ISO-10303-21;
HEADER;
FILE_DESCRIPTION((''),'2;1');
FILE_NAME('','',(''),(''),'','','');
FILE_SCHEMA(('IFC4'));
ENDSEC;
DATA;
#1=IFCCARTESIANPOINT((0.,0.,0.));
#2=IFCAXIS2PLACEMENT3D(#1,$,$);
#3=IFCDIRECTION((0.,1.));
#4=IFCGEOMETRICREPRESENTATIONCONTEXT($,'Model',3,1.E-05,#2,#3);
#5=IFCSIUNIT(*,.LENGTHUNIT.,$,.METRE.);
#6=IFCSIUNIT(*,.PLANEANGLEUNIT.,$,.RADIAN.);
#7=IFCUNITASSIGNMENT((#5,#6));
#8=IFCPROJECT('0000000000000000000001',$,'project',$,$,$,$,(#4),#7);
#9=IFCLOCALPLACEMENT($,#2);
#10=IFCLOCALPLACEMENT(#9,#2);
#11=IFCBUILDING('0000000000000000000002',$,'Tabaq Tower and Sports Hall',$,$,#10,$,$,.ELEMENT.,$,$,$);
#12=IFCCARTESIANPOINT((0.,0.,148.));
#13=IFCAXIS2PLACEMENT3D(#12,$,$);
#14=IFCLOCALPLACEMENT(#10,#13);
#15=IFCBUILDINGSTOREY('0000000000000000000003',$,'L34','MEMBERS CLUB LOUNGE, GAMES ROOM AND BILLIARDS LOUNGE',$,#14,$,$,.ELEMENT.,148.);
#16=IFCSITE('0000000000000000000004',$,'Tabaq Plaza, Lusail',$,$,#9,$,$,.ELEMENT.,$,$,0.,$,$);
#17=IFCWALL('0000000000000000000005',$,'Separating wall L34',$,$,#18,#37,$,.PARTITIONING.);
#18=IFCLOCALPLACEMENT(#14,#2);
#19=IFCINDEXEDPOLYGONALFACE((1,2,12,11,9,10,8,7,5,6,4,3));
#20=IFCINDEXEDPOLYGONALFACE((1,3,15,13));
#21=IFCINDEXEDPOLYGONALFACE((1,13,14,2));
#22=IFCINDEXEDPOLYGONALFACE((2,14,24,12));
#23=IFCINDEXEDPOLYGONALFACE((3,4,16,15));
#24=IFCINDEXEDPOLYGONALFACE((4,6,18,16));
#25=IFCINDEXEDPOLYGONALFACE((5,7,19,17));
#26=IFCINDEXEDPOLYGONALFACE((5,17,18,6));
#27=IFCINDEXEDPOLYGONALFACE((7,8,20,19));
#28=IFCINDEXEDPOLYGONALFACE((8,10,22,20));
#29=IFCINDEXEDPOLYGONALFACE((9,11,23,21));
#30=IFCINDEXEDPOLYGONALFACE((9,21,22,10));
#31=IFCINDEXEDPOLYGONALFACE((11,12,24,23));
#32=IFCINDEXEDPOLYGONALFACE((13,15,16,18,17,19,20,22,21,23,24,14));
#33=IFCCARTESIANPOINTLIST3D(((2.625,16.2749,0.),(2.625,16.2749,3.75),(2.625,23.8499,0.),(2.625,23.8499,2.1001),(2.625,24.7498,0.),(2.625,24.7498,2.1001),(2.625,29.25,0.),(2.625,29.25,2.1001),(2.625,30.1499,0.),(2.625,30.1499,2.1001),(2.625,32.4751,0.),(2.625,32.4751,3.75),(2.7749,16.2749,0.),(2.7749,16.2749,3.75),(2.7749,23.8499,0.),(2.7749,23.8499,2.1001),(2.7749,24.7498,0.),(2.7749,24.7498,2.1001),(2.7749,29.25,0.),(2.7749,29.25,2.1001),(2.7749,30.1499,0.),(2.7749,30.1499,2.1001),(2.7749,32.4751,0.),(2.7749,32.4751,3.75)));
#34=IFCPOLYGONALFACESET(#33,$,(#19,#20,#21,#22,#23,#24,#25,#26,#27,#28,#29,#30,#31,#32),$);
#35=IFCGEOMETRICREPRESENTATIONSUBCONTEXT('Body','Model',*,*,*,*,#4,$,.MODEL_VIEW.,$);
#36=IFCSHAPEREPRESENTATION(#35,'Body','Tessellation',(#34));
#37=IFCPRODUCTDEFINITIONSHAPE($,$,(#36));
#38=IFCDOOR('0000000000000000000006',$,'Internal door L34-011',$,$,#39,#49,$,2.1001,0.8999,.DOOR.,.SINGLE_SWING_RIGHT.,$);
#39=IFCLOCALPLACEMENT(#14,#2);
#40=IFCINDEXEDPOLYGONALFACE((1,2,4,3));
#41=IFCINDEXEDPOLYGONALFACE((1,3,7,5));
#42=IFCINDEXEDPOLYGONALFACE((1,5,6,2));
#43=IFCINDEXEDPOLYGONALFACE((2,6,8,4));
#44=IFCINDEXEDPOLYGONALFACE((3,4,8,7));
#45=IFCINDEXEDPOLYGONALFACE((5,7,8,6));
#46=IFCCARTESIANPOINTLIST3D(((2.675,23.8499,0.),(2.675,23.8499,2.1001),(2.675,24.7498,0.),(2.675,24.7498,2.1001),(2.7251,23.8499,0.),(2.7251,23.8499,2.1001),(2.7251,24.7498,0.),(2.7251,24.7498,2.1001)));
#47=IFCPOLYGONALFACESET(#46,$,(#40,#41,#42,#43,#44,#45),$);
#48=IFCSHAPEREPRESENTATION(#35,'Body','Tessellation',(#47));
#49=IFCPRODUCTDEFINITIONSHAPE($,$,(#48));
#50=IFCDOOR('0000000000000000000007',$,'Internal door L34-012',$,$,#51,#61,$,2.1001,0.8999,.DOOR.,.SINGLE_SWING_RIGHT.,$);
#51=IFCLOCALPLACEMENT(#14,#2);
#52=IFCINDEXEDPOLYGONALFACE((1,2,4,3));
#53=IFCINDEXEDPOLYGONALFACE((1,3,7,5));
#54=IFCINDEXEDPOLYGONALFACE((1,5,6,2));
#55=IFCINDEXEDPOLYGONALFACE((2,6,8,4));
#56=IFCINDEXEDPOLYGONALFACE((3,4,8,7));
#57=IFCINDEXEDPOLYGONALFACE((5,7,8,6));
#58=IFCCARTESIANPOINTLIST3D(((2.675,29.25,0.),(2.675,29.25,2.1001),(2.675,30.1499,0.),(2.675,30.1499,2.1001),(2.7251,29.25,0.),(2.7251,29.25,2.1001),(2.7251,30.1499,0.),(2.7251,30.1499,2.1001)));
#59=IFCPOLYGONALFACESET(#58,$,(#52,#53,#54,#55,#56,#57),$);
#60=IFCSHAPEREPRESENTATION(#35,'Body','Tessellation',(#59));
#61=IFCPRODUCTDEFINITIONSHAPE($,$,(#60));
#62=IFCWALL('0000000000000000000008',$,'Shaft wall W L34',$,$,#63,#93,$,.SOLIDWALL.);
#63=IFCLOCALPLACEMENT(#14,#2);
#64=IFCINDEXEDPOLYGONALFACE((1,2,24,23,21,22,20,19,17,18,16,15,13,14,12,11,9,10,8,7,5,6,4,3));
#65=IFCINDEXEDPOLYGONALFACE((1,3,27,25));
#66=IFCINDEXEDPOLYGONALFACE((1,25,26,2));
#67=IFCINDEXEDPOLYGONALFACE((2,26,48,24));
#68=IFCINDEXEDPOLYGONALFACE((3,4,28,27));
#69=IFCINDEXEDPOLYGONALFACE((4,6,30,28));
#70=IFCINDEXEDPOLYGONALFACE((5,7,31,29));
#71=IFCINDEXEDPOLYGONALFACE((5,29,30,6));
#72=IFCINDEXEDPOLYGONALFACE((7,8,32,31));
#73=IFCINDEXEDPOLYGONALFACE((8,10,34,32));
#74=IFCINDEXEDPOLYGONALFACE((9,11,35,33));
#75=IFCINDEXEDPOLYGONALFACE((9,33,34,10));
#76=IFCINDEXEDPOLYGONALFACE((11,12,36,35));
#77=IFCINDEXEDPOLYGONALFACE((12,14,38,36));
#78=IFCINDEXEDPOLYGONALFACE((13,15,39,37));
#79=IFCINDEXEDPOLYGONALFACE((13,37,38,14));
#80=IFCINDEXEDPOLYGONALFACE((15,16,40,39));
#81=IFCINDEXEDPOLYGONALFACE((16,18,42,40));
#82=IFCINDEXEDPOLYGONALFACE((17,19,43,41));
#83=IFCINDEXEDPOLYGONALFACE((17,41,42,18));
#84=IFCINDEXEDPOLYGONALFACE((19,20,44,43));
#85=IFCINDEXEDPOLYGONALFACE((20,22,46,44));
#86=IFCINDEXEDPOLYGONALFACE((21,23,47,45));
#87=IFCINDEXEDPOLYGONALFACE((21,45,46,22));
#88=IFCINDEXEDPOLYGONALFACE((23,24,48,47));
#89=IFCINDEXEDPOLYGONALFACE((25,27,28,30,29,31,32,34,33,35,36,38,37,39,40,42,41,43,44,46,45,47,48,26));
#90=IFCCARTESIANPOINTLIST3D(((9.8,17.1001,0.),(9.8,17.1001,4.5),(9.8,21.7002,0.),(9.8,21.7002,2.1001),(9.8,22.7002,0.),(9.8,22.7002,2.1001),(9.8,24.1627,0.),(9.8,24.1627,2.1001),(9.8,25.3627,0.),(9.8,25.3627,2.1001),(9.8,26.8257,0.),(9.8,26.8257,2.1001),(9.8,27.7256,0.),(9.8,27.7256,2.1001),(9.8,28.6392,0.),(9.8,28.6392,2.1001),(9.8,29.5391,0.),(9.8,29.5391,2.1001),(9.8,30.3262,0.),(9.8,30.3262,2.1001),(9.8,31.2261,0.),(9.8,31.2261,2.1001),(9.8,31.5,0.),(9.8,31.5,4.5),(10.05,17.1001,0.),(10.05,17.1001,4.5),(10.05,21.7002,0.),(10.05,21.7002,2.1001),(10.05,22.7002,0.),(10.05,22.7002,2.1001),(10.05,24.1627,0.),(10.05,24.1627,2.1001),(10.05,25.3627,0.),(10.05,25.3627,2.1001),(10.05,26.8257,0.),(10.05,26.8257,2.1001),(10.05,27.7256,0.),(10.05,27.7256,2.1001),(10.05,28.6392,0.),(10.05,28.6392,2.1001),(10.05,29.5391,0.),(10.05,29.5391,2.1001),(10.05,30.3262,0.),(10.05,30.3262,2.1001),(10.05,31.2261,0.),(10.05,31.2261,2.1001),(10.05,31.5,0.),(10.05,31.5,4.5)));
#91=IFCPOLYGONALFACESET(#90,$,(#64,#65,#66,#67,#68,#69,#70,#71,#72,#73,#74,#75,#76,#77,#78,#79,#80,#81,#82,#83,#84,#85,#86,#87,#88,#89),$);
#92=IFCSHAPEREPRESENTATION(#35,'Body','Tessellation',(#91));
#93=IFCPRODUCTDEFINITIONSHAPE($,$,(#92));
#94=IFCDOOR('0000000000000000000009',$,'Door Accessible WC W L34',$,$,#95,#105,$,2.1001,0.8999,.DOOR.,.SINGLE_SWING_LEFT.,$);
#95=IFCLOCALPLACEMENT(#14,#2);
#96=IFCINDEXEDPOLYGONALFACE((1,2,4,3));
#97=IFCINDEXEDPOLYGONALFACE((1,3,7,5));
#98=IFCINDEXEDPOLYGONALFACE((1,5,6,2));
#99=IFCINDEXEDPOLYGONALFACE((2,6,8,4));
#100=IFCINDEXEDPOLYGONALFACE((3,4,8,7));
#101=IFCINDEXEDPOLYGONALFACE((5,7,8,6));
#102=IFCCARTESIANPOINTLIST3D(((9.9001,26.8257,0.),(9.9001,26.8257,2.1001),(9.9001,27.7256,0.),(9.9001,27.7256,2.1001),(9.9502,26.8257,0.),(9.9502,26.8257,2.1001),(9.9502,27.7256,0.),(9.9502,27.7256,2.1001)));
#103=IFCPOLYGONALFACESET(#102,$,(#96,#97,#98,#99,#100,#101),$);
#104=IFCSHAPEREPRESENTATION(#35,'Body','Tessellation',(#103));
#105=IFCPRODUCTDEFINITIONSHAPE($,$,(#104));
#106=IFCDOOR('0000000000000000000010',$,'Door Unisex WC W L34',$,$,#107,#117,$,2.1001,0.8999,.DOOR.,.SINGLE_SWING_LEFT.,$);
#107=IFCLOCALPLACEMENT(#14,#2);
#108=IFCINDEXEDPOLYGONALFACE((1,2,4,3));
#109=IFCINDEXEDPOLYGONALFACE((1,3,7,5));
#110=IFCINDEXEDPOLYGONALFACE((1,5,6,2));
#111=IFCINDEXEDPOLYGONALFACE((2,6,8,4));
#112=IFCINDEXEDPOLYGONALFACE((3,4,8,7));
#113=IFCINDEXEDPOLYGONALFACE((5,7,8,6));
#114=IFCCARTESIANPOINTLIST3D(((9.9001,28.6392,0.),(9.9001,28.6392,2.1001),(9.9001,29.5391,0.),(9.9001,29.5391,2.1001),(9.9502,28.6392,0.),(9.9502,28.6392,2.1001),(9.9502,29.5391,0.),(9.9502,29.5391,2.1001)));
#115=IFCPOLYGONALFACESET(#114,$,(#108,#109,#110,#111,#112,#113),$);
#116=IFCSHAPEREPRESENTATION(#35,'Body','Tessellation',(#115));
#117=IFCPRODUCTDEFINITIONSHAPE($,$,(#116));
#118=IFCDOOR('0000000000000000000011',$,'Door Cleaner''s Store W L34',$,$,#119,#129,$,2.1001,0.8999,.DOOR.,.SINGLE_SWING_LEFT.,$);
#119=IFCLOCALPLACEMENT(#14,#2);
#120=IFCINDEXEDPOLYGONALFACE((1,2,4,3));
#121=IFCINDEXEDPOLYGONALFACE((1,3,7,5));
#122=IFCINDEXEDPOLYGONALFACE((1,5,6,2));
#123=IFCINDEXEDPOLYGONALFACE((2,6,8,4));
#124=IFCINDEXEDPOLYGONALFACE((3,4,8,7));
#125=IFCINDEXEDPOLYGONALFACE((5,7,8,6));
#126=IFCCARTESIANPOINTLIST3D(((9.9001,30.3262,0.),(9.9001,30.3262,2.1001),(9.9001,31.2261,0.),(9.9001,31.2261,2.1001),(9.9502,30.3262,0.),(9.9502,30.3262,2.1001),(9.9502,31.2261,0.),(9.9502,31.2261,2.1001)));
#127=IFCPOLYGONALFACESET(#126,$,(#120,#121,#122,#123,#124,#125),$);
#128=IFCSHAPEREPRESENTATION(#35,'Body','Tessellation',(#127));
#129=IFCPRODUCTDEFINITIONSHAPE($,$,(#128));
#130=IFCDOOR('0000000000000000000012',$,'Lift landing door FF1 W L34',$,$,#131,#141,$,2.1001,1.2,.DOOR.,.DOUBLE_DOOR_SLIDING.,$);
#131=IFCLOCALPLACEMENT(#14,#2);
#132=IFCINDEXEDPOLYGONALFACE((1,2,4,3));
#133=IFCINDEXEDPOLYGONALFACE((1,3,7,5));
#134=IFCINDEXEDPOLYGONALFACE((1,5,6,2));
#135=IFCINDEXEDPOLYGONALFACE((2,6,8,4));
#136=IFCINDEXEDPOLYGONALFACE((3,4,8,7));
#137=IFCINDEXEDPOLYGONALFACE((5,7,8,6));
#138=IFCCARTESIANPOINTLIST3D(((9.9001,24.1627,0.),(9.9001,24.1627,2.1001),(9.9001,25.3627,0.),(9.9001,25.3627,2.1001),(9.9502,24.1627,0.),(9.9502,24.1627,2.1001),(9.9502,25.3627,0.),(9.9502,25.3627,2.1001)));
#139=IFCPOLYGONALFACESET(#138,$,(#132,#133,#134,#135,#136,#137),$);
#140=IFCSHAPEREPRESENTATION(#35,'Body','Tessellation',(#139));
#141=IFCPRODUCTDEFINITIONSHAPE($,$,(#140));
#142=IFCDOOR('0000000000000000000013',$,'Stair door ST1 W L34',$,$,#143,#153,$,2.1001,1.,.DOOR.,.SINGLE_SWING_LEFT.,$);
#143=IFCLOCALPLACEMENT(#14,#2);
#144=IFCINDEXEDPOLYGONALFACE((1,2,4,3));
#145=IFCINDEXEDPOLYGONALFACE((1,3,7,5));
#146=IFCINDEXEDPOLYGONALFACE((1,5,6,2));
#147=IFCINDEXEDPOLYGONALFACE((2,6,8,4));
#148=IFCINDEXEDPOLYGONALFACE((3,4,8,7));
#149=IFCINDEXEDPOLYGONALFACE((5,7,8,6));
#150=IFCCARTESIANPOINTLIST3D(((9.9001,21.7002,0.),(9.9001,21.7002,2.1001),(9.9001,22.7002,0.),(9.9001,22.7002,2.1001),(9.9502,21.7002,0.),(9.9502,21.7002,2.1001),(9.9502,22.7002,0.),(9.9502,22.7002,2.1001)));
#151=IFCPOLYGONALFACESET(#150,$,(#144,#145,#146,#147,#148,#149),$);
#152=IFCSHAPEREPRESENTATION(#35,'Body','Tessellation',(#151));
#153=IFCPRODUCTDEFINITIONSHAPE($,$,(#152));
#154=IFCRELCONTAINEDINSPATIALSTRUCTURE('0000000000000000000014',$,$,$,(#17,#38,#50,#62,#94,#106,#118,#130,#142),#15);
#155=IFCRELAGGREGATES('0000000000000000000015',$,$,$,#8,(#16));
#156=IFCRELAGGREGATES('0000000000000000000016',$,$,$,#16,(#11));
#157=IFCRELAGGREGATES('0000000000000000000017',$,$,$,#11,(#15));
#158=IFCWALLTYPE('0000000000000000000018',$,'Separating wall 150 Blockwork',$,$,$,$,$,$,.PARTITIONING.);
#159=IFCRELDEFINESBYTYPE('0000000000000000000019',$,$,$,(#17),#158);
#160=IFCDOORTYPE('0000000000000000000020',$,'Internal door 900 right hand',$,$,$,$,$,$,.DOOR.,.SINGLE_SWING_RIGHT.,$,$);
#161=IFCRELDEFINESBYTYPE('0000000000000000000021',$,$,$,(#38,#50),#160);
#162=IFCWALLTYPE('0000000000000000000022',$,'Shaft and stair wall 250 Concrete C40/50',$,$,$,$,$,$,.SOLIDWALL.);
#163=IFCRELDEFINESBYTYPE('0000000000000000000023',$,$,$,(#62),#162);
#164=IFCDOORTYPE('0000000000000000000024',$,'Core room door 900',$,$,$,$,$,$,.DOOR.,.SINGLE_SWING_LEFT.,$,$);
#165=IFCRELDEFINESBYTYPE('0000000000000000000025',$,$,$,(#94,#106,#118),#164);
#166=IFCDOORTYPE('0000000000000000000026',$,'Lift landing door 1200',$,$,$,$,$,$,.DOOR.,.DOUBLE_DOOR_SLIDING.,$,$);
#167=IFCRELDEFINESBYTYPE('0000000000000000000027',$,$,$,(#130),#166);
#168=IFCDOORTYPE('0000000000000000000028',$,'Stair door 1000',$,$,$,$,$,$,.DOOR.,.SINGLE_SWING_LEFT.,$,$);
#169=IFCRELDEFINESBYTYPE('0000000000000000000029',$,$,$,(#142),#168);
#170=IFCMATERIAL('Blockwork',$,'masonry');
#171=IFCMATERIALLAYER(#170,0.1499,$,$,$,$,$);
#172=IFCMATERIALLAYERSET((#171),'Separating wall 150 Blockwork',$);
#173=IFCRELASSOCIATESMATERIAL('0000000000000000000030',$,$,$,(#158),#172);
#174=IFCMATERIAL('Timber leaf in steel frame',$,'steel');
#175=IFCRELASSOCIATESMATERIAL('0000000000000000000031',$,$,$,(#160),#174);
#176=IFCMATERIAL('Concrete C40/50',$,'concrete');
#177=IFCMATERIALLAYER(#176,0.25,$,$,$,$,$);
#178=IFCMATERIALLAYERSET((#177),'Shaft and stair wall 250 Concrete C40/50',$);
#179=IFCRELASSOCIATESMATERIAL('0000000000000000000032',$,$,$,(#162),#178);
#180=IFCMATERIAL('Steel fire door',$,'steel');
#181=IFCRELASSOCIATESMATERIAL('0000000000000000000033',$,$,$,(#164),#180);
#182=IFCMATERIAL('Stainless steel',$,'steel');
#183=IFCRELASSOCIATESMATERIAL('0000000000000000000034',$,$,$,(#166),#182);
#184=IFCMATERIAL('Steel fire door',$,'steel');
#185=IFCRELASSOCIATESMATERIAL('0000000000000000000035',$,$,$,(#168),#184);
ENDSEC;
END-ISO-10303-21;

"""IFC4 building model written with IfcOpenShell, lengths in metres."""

from ifc_helpers import new_model, si_unit, direction, frame, frame_2d, origin, place, context, subcontext, project, spatial, rectangle, extrude, material, layer, layer_set, type_object, element, fill, save


model = new_model("IFC4")

# Units and contexts
model_context = context("Model", 3, precision=1e-05, world=origin(), true_north=direction((0.0, 1.0)))
body_context = subcontext(model_context, "Body", "Model", "MODEL_VIEW")
ifc_project = project(units=[si_unit("LENGTHUNIT", "METRE"), si_unit("PLANEANGLEUNIT", "RADIAN")], contexts=[model_context])

# Site, building, storey
site_placement = place(None, origin())
site = spatial("IfcSite", under=ifc_project, at=site_placement, Name="Tabaq Plaza, Lusail", CompositionType="ELEMENT", RefElevation=0.0)
building_placement = place(site_placement, origin())
building = spatial("IfcBuilding", under=site, at=building_placement, Name="Tabaq Tower and Sports Hall", CompositionType="ELEMENT")
storey_placement = place(building_placement, frame((0.0, 0.0, 148.0)))
storey = spatial("IfcBuildingStorey", under=building, at=storey_placement, Name="L34", Description="MEMBERS CLUB LOUNGE, GAMES ROOM AND BILLIARDS LOUNGE", CompositionType="ELEMENT", Elevation=148.0)

# Shared definitions
ifc_material_1 = material(Name="Blockwork", Category="masonry")
ifc_layer_1 = layer(ifc_material_1, 0.1499)
ifc_layer_set_1 = layer_set([ifc_layer_1], Name="Separating wall 150 Blockwork")
wall_type_1 = type_object("IfcWallType", Name="Separating wall 150 Blockwork", PredefinedType="PARTITIONING", material=ifc_layer_set_1)
ifc_material_2 = material(Name="Timber leaf in steel frame", Category="steel")
door_type_1 = type_object("IfcDoorType", Name="Internal door 900 right hand", OperationType="SINGLE_SWING_RIGHT", PredefinedType="DOOR", material=ifc_material_2)

# Walls, openings, doors
wall_1_placement = place(storey_placement, frame((2.7, 16.2749, 0.0), z_axis=(0.0, 0.0, 1.0), x_axis=(0.0, 1.0, 0.0)))
wall_1 = element("IfcWall", 1, at=wall_1_placement, inside=storey, type_object=wall_type_1, Name="Separating wall L34", PredefinedType="PARTITIONING", context=body_context, shape_type="SweptSolid", body=[
    extrude(rectangle(XDim=16.2002, YDim=0.1499, at=frame_2d((8.1001, 0.0))), origin(), (0.0, 0.0, 1.0), 3.75),
])
opening_1_placement = place(wall_1_placement, frame((7.575, 0.0, 0.0)))
opening_1 = element("IfcOpeningElement", 2, at=opening_1_placement, cuts=wall_1, PredefinedType="OPENING", context=body_context, shape_type="SweptSolid", body=[
    extrude(rectangle(XDim=0.8999, YDim=2.1001, at=frame_2d((0.45, 1.05))), frame((0.0, 0.075, 0.0), z_axis=(0.0, -1.0, 0.0), x_axis=(1.0, 0.0, 0.0)), (0.0, 0.0, 1.0), 0.1499),
])
opening_2_placement = place(wall_1_placement, frame((12.9751, 0.0, 0.0)))
opening_2 = element("IfcOpeningElement", 3, at=opening_2_placement, cuts=wall_1, PredefinedType="OPENING", context=body_context, shape_type="SweptSolid", body=[
    extrude(rectangle(XDim=0.8999, YDim=2.1001, at=frame_2d((0.45, 1.05))), frame((0.0, 0.075, 0.0), z_axis=(0.0, -1.0, 0.0), x_axis=(1.0, 0.0, 0.0)), (0.0, 0.0, 1.0), 0.1499),
])
door_1_placement = place(opening_1_placement, origin())
door_1 = element("IfcDoor", 4, at=door_1_placement, inside=storey, type_object=door_type_1, Name="Internal door L34-011", OperationType="SINGLE_SWING_RIGHT", OverallHeight=2.1001, OverallWidth=0.8999, PredefinedType="DOOR", context=body_context, shape_type="SweptSolid", body=[
    extrude(rectangle(XDim=0.8999, YDim=2.1001, at=frame_2d((0.45, 1.05))), frame((0.0, 0.0249, 0.0), z_axis=(0.0, -1.0, 0.0), x_axis=(1.0, 0.0, 0.0)), (0.0, 0.0, 1.0), 0.05),
])
fill(opening_1, door_1)
door_2_placement = place(opening_2_placement, origin())
door_2 = element("IfcDoor", 5, at=door_2_placement, inside=storey, type_object=door_type_1, Name="Internal door L34-012", OperationType="SINGLE_SWING_RIGHT", OverallHeight=2.1001, OverallWidth=0.8999, PredefinedType="DOOR", context=body_context, shape_type="SweptSolid", body=[
    extrude(rectangle(XDim=0.8999, YDim=2.1001, at=frame_2d((0.45, 1.05))), frame((0.0, 0.0249, 0.0), z_axis=(0.0, -1.0, 0.0), x_axis=(1.0, 0.0, 0.0)), (0.0, 0.0, 1.0), 0.05),
])
fill(opening_2, door_2)
ifc_material_3 = material(Name="Concrete C40/50", Category="concrete")
ifc_layer_2 = layer(ifc_material_3, 0.25)
ifc_layer_set_2 = layer_set([ifc_layer_2], Name="Shaft and stair wall 250 Concrete C40/50")
wall_type_2 = type_object("IfcWallType", Name="Shaft and stair wall 250 Concrete C40/50", PredefinedType="SOLIDWALL", material=ifc_layer_set_2)
wall_2_placement = place(storey_placement, frame((9.925, 17.1001, 0.0), z_axis=(0.0, 0.0, 1.0), x_axis=(0.0, 1.0, 0.0)))
wall_2 = element("IfcWall", 6, at=wall_2_placement, inside=storey, type_object=wall_type_2, Name="Shaft wall W L34", PredefinedType="SOLIDWALL", context=body_context, shape_type="SweptSolid", body=[
    extrude(rectangle(XDim=14.3999, YDim=0.25, at=frame_2d((7.2, 0.0))), origin(), (0.0, 0.0, 1.0), 4.5),
])
opening_3_placement = place(wall_2_placement, frame((4.6001, 0.0, 0.0)))
opening_3 = element("IfcOpeningElement", 7, at=opening_3_placement, cuts=wall_2, PredefinedType="OPENING", context=body_context, shape_type="SweptSolid", body=[
    extrude(rectangle(XDim=1.0, YDim=2.1001, at=frame_2d((0.5, 1.05))), frame((0.0, 0.125, 0.0), z_axis=(0.0, -1.0, 0.0), x_axis=(1.0, 0.0, 0.0)), (0.0, 0.0, 1.0), 0.25),
])
opening_4_placement = place(wall_2_placement, frame((7.0625, 0.0, 0.0)))
opening_4 = element("IfcOpeningElement", 8, at=opening_4_placement, cuts=wall_2, PredefinedType="OPENING", context=body_context, shape_type="SweptSolid", body=[
    extrude(rectangle(XDim=1.2, YDim=2.1001, at=frame_2d((0.6001, 1.05))), frame((0.0, 0.125, 0.0), z_axis=(0.0, -1.0, 0.0), x_axis=(1.0, 0.0, 0.0)), (0.0, 0.0, 1.0), 0.25),
])
opening_5_placement = place(wall_2_placement, frame((9.7256, 0.0, 0.0)))
opening_5 = element("IfcOpeningElement", 9, at=opening_5_placement, cuts=wall_2, PredefinedType="OPENING", context=body_context, shape_type="SweptSolid", body=[
    extrude(rectangle(XDim=0.8999, YDim=2.1001, at=frame_2d((0.45, 1.05))), frame((0.0, 0.125, 0.0), z_axis=(0.0, -1.0, 0.0), x_axis=(1.0, 0.0, 0.0)), (0.0, 0.0, 1.0), 0.25),
])
opening_6_placement = place(wall_2_placement, frame((11.5391, 0.0, 0.0)))
opening_6 = element("IfcOpeningElement", 10, at=opening_6_placement, cuts=wall_2, PredefinedType="OPENING", context=body_context, shape_type="SweptSolid", body=[
    extrude(rectangle(XDim=0.8999, YDim=2.1001, at=frame_2d((0.45, 1.05))), frame((0.0, 0.125, 0.0), z_axis=(0.0, -1.0, 0.0), x_axis=(1.0, 0.0, 0.0)), (0.0, 0.0, 1.0), 0.25),
])
opening_7_placement = place(wall_2_placement, frame((13.2261, 0.0, 0.0)))
opening_7 = element("IfcOpeningElement", 11, at=opening_7_placement, cuts=wall_2, PredefinedType="OPENING", context=body_context, shape_type="SweptSolid", body=[
    extrude(rectangle(XDim=0.8999, YDim=2.1001, at=frame_2d((0.45, 1.05))), frame((0.0, 0.125, 0.0), z_axis=(0.0, -1.0, 0.0), x_axis=(1.0, 0.0, 0.0)), (0.0, 0.0, 1.0), 0.25),
])
ifc_material_4 = material(Name="Steel fire door", Category="steel")
door_type_2 = type_object("IfcDoorType", Name="Core room door 900", OperationType="SINGLE_SWING_LEFT", PredefinedType="DOOR", material=ifc_material_4)
door_3_placement = place(opening_5_placement, origin())
door_3 = element("IfcDoor", 12, at=door_3_placement, inside=storey, type_object=door_type_2, Name="Door Accessible WC W L34", OperationType="SINGLE_SWING_LEFT", OverallHeight=2.1001, OverallWidth=0.8999, PredefinedType="DOOR", context=body_context, shape_type="SweptSolid", body=[
    extrude(rectangle(XDim=0.8999, YDim=2.1001, at=frame_2d((0.45, 1.05))), frame((0.0, 0.0249, 0.0), z_axis=(0.0, -1.0, 0.0), x_axis=(1.0, 0.0, 0.0)), (0.0, 0.0, 1.0), 0.05),
])
fill(opening_5, door_3)
door_4_placement = place(opening_6_placement, origin())
door_4 = element("IfcDoor", 13, at=door_4_placement, inside=storey, type_object=door_type_2, Name="Door Unisex WC W L34", OperationType="SINGLE_SWING_LEFT", OverallHeight=2.1001, OverallWidth=0.8999, PredefinedType="DOOR", context=body_context, shape_type="SweptSolid", body=[
    extrude(rectangle(XDim=0.8999, YDim=2.1001, at=frame_2d((0.45, 1.05))), frame((0.0, 0.0249, 0.0), z_axis=(0.0, -1.0, 0.0), x_axis=(1.0, 0.0, 0.0)), (0.0, 0.0, 1.0), 0.05),
])
fill(opening_6, door_4)
door_5_placement = place(opening_7_placement, origin())
door_5 = element("IfcDoor", 14, at=door_5_placement, inside=storey, type_object=door_type_2, Name="Door Cleaner's Store W L34", OperationType="SINGLE_SWING_LEFT", OverallHeight=2.1001, OverallWidth=0.8999, PredefinedType="DOOR", context=body_context, shape_type="SweptSolid", body=[
    extrude(rectangle(XDim=0.8999, YDim=2.1001, at=frame_2d((0.45, 1.05))), frame((0.0, 0.0249, 0.0), z_axis=(0.0, -1.0, 0.0), x_axis=(1.0, 0.0, 0.0)), (0.0, 0.0, 1.0), 0.05),
])
fill(opening_7, door_5)
ifc_material_5 = material(Name="Stainless steel", Category="steel")
door_type_3 = type_object("IfcDoorType", Name="Lift landing door 1200", OperationType="DOUBLE_DOOR_SLIDING", PredefinedType="DOOR", material=ifc_material_5)
door_6_placement = place(opening_4_placement, origin())
door_6 = element("IfcDoor", 15, at=door_6_placement, inside=storey, type_object=door_type_3, Name="Lift landing door FF1 W L34", OperationType="DOUBLE_DOOR_SLIDING", OverallHeight=2.1001, OverallWidth=1.2, PredefinedType="DOOR", context=body_context, shape_type="SweptSolid", body=[
    extrude(rectangle(XDim=1.2, YDim=2.1001, at=frame_2d((0.6001, 1.05))), frame((0.0, 0.0249, 0.0), z_axis=(0.0, -1.0, 0.0), x_axis=(1.0, 0.0, 0.0)), (0.0, 0.0, 1.0), 0.05),
])
fill(opening_4, door_6)
ifc_material_6 = material(Name="Steel fire door", Category="steel")
door_type_4 = type_object("IfcDoorType", Name="Stair door 1000", OperationType="SINGLE_SWING_LEFT", PredefinedType="DOOR", material=ifc_material_6)
door_7_placement = place(opening_3_placement, origin())
door_7 = element("IfcDoor", 16, at=door_7_placement, inside=storey, type_object=door_type_4, Name="Stair door ST1 W L34", OperationType="SINGLE_SWING_LEFT", OverallHeight=2.1001, OverallWidth=1.0, PredefinedType="DOOR", context=body_context, shape_type="SweptSolid", body=[
    extrude(rectangle(XDim=1.0, YDim=2.1001, at=frame_2d((0.5, 1.05))), frame((0.0, 0.0249, 0.0), z_axis=(0.0, -1.0, 0.0), x_axis=(1.0, 0.0, 0.0)), (0.0, 0.0, 1.0), 0.05),
])
fill(opening_3, door_7)

save(model, "model.ifc")
